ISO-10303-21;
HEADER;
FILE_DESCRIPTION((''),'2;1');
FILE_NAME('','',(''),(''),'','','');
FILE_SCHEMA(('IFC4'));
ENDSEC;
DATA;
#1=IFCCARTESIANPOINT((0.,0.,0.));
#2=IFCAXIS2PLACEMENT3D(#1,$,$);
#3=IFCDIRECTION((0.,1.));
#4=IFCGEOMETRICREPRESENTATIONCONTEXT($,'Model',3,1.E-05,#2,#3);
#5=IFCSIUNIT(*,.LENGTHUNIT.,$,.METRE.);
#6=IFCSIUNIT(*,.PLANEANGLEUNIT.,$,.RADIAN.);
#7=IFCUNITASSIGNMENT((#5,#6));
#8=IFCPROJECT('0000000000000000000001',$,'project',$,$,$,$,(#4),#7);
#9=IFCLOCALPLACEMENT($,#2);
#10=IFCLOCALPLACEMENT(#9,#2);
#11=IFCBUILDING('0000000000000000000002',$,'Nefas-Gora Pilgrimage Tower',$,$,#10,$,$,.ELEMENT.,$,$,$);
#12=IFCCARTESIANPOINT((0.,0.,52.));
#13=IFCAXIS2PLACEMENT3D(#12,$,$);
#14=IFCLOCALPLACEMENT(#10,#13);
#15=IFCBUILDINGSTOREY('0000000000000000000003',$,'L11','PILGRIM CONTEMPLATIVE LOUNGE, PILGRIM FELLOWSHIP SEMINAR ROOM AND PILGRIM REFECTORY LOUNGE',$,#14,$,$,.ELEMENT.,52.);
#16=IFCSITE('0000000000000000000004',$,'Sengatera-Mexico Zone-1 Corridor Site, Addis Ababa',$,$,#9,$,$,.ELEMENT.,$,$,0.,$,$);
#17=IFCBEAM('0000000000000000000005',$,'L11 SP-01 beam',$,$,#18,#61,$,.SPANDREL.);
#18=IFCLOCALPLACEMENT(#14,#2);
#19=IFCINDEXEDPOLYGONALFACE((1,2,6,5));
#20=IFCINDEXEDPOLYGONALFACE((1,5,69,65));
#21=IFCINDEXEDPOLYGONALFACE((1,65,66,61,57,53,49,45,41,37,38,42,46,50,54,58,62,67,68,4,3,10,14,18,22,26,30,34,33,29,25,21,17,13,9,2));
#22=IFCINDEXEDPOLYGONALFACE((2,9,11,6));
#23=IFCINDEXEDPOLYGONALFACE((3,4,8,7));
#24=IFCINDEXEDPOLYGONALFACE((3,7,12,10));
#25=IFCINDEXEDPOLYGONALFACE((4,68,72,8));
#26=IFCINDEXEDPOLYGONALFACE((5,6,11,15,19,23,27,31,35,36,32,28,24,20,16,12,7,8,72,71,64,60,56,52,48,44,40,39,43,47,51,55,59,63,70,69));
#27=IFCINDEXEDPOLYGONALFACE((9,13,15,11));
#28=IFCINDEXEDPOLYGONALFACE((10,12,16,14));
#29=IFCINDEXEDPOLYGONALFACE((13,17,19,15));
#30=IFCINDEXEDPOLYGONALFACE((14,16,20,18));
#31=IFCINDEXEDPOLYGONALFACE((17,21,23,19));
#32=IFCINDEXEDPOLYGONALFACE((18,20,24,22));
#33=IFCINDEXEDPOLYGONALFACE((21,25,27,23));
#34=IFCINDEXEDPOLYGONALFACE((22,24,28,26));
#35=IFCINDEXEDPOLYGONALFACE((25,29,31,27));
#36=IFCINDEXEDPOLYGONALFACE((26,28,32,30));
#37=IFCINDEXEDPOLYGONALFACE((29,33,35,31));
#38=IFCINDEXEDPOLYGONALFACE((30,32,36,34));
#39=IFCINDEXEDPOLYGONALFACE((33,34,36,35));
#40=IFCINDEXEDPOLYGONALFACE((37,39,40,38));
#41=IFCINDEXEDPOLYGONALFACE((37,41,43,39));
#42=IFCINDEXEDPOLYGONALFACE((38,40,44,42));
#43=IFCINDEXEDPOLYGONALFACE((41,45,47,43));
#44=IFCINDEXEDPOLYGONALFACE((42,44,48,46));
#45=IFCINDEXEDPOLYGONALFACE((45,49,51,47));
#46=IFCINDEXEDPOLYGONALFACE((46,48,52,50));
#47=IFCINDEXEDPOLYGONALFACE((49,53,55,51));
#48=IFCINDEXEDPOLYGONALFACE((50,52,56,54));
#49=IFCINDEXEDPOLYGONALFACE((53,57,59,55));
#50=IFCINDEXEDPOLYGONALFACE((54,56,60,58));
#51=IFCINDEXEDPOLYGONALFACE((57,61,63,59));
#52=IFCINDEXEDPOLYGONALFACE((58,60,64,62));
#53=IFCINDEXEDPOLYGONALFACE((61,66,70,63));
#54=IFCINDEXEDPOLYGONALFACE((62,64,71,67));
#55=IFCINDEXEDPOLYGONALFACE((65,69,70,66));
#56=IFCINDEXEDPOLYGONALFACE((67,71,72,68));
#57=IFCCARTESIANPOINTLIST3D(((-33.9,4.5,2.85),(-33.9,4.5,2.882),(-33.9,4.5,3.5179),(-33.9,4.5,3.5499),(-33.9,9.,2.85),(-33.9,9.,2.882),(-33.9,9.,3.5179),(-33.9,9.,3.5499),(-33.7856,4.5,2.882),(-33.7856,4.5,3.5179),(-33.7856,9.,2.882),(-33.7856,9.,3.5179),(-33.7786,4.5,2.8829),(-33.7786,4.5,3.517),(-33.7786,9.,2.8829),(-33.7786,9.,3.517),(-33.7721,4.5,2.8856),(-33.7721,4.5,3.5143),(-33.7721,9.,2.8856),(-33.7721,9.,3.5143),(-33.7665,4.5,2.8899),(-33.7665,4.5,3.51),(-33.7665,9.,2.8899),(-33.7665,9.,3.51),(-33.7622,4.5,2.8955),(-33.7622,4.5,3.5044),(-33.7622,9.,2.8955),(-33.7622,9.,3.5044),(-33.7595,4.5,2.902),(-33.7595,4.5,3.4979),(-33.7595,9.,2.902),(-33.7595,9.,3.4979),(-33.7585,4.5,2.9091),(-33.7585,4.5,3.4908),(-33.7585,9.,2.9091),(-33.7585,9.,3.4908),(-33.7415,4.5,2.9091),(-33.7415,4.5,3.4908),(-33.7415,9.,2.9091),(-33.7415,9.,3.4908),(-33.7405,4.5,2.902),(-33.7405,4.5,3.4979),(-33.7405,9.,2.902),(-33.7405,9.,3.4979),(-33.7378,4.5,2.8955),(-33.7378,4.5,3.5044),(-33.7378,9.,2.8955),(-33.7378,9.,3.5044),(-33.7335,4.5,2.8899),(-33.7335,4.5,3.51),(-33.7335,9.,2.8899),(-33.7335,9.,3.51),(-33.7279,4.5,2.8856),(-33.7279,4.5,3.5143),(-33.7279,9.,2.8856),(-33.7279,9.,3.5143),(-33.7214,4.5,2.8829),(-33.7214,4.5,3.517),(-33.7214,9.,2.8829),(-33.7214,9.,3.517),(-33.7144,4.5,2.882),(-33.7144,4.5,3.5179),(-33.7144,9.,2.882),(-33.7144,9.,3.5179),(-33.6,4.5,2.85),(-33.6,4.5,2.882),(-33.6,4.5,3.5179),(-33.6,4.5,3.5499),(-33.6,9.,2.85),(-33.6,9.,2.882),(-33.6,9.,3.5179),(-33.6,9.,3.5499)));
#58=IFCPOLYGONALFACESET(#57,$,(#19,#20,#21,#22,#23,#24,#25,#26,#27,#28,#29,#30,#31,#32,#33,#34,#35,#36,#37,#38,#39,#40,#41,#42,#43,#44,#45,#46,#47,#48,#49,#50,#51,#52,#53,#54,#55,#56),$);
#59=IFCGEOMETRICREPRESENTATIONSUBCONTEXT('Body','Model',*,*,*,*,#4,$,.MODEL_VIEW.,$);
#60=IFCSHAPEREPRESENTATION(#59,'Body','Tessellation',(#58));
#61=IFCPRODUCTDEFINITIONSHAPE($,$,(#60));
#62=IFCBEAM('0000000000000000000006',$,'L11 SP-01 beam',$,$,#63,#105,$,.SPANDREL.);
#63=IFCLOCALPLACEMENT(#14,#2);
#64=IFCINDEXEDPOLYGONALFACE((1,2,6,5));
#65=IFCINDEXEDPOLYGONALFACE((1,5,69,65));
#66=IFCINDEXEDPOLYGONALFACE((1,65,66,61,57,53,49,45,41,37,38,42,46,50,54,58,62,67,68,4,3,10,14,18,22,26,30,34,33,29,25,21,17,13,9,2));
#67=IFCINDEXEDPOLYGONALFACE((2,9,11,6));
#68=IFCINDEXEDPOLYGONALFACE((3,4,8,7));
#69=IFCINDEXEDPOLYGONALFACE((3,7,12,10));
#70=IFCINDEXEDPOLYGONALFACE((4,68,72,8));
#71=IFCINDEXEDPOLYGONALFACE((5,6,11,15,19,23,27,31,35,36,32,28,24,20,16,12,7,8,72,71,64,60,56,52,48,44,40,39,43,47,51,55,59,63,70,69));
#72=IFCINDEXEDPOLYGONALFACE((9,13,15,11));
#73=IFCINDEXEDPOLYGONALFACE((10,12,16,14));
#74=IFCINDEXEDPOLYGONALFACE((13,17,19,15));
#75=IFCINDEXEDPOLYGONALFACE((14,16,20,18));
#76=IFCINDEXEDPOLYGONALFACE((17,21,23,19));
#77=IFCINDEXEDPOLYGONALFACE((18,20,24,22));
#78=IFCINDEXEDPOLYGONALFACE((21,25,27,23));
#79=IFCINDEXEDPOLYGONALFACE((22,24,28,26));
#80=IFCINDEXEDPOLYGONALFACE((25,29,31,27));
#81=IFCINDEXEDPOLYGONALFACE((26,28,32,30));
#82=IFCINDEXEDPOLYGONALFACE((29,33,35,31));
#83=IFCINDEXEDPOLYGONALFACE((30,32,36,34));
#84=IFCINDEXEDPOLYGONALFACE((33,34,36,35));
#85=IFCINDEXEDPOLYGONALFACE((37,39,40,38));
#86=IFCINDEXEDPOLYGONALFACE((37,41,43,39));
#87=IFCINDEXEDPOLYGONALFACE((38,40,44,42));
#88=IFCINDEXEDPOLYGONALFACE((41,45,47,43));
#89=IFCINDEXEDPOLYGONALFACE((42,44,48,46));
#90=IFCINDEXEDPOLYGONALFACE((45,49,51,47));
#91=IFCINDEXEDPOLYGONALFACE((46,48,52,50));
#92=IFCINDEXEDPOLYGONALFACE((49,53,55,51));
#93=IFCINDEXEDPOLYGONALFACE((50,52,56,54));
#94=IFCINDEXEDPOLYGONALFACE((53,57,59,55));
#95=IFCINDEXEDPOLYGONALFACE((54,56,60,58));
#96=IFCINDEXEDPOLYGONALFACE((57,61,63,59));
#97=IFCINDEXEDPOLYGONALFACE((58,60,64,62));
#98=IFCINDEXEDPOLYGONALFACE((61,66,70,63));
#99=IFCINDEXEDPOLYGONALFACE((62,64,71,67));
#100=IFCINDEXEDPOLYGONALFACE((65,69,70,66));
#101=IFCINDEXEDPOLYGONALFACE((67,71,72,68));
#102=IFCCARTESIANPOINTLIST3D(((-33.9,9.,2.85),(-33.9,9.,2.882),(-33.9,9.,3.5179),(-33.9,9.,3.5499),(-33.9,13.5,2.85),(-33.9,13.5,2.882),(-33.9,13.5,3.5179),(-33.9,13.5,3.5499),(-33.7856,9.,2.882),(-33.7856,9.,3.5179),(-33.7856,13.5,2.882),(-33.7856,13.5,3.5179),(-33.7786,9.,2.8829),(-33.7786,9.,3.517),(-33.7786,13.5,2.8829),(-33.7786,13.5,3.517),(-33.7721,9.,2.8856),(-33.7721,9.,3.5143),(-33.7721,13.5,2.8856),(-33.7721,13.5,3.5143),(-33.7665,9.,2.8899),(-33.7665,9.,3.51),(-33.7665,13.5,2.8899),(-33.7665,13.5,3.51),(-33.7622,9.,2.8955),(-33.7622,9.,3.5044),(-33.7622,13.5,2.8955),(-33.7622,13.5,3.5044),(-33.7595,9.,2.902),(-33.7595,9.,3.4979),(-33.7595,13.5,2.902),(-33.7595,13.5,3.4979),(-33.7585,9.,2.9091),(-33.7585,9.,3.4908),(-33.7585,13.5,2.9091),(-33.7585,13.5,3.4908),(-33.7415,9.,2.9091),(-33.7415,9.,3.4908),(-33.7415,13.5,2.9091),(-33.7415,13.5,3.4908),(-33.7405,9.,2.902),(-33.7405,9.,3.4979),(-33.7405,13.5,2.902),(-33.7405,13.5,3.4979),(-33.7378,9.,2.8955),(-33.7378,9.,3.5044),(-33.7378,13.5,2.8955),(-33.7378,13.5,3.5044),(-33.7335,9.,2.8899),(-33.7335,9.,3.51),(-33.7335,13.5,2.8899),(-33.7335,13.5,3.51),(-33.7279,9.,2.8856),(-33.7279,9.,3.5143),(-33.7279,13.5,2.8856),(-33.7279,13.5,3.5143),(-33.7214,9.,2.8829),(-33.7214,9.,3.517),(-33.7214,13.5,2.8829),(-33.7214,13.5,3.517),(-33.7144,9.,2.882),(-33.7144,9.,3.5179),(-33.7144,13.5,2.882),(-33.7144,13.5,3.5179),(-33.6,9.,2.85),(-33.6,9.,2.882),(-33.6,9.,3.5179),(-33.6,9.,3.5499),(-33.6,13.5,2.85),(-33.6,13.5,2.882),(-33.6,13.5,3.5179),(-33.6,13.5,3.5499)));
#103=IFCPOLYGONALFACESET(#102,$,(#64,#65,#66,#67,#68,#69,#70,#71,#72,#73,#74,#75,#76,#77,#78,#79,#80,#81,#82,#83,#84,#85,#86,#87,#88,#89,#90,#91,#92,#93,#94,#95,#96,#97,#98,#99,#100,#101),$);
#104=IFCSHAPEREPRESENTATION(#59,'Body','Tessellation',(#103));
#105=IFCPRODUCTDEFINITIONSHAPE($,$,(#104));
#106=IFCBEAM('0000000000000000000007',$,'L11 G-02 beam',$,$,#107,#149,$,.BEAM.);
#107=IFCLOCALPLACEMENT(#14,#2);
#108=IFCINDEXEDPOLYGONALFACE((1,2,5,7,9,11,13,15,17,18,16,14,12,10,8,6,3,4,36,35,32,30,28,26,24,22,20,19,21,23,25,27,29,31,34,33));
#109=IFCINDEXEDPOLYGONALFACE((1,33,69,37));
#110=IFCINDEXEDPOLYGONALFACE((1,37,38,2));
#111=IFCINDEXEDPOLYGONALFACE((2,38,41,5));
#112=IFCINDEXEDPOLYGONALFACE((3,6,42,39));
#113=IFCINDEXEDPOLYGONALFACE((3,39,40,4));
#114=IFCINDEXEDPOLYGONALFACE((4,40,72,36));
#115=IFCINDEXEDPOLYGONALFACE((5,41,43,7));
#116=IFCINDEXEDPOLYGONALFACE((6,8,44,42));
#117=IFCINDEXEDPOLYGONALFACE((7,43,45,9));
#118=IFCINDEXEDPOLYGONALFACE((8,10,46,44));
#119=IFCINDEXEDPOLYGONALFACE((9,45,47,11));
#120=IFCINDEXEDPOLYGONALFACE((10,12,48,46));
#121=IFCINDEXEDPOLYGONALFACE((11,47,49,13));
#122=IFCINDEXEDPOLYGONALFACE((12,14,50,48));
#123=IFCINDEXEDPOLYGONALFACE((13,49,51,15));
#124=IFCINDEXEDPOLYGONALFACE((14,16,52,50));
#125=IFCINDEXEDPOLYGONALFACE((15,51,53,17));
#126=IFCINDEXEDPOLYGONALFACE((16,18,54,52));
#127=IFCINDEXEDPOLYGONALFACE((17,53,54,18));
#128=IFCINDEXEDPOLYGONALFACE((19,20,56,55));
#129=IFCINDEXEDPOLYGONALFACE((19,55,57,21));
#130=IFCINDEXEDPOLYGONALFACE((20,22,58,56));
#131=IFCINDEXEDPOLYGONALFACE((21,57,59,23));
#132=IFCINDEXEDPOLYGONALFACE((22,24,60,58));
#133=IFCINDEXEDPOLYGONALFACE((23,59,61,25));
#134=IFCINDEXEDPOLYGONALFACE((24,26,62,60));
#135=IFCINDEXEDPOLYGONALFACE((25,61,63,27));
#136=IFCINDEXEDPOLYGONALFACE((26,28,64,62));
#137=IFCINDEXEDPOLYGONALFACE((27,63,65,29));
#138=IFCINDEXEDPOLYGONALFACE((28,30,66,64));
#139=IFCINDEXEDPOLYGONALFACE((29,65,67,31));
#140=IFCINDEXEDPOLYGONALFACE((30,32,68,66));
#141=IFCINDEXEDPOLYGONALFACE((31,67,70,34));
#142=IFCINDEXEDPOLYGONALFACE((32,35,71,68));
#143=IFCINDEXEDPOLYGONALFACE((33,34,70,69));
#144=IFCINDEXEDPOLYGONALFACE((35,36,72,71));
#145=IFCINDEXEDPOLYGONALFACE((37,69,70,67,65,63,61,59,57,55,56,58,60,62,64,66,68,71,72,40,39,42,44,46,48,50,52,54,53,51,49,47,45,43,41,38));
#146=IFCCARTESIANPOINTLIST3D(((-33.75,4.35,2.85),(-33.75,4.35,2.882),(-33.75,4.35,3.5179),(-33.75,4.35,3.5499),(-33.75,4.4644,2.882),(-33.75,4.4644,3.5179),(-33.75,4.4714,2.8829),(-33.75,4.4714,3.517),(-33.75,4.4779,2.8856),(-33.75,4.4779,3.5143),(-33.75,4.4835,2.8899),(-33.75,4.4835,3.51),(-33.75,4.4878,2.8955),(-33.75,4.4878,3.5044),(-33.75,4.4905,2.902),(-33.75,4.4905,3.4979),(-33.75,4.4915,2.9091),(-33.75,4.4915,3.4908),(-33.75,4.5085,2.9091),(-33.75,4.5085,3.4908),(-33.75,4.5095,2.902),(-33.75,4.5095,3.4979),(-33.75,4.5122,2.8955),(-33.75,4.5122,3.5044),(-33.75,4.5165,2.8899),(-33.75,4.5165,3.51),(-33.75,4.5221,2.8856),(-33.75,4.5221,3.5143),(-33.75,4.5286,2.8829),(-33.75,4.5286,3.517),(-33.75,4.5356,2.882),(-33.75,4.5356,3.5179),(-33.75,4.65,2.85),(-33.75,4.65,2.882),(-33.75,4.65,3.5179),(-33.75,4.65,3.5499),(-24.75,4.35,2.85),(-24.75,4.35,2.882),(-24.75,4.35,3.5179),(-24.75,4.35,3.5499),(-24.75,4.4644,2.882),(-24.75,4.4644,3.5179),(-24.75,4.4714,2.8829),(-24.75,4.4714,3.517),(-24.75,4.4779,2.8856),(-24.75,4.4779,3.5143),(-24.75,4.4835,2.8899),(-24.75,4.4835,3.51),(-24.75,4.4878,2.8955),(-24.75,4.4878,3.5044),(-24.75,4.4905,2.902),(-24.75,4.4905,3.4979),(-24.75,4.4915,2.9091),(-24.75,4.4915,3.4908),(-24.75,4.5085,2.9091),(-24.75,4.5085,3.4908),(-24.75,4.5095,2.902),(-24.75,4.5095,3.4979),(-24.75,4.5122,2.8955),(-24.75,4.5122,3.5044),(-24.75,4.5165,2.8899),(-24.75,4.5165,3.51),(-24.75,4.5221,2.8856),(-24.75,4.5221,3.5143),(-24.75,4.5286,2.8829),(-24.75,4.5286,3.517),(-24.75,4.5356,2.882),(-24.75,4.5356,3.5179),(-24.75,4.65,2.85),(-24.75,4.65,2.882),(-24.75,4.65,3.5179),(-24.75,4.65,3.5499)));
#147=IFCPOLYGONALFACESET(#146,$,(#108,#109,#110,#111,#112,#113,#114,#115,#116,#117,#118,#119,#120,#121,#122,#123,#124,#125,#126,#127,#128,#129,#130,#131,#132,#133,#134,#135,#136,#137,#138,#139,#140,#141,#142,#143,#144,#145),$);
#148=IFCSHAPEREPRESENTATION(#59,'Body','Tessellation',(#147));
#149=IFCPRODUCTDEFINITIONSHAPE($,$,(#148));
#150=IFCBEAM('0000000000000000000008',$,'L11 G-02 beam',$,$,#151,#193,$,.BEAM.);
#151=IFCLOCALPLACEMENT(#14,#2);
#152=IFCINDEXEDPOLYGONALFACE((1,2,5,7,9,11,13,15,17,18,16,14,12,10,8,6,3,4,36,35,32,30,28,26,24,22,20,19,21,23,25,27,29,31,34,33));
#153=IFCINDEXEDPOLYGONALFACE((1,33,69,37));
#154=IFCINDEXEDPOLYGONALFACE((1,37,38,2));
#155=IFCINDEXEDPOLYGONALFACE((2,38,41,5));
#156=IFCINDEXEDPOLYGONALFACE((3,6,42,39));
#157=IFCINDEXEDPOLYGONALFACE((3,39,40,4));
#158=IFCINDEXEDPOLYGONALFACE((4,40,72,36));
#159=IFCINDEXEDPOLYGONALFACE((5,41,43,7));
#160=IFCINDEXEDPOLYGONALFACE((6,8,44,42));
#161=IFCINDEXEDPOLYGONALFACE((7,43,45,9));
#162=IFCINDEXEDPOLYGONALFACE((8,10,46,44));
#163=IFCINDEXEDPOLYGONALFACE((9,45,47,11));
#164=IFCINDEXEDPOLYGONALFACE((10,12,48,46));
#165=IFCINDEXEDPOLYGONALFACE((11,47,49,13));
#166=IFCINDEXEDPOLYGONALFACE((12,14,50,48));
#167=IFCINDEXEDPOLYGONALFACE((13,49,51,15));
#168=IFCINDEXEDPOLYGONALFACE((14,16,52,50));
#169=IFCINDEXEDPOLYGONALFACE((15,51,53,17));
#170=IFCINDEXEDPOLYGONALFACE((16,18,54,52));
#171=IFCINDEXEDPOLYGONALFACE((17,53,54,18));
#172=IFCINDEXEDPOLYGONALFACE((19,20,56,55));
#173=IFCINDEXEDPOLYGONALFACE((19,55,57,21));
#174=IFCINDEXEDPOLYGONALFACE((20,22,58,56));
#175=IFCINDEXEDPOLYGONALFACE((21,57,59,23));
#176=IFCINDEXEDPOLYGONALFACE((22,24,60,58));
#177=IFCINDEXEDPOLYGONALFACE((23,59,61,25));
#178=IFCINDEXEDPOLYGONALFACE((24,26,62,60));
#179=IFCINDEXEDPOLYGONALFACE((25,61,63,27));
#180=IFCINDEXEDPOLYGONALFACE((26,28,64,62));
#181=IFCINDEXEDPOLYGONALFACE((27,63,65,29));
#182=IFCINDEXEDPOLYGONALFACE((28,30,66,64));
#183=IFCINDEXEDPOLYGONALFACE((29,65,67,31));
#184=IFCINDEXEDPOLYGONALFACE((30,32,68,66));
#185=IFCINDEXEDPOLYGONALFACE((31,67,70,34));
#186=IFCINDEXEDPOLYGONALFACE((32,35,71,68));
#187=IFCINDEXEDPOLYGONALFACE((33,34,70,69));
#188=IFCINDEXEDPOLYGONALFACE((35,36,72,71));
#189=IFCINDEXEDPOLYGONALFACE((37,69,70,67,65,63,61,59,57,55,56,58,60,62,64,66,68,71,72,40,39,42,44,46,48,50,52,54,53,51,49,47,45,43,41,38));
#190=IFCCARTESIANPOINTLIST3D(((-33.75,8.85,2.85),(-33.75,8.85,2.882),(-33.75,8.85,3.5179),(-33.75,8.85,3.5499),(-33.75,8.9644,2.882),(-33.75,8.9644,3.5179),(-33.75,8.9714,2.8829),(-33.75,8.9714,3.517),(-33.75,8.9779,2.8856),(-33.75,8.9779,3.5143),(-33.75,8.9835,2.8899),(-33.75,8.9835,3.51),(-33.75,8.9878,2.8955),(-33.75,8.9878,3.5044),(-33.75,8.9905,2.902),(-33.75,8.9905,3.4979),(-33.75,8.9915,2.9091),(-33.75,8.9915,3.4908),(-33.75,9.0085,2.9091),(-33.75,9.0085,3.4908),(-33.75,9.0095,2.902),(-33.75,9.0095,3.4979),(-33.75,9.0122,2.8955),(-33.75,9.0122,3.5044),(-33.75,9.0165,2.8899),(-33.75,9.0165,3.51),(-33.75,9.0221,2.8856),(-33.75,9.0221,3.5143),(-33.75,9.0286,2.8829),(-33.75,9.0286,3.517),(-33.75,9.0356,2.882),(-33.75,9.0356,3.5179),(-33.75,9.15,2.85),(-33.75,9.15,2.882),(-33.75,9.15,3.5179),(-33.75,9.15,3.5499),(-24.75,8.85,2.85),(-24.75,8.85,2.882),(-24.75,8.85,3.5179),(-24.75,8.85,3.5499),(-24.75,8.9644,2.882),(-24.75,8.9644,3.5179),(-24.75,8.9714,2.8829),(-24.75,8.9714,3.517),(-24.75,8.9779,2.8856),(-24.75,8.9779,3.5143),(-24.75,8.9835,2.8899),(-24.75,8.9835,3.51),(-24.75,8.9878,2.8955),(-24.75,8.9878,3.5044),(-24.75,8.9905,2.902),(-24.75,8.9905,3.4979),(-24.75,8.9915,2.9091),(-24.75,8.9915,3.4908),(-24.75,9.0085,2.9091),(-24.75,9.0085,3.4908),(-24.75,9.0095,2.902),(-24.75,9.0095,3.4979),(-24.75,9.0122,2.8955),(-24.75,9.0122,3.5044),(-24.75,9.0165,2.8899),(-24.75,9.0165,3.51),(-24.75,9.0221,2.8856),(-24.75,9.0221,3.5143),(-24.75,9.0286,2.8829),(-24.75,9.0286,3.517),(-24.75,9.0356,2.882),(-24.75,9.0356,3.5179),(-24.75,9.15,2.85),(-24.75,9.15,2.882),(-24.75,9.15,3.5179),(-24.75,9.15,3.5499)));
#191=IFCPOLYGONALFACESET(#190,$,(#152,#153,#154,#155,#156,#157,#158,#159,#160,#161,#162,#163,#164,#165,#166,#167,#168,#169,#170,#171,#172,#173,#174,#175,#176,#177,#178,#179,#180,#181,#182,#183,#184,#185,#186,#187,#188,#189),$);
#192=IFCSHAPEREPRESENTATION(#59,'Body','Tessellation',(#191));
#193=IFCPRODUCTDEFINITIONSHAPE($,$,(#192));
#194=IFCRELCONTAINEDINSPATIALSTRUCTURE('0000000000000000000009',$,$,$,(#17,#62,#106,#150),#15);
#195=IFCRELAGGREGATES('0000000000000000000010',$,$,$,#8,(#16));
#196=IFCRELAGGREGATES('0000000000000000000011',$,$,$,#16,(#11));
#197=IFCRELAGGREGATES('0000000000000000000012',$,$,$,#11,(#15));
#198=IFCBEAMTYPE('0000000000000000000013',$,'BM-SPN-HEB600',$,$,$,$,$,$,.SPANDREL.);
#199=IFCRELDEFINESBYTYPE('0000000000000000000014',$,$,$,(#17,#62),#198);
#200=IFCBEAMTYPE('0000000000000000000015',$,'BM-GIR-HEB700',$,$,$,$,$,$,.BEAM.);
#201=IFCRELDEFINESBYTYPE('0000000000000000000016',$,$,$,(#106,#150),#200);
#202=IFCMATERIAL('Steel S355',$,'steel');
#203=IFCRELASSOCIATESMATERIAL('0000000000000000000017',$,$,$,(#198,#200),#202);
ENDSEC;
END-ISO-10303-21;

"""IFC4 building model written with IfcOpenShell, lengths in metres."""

from ifc_helpers import new_model, si_unit, direction, frame, origin, origin_2d, place, context, subcontext, project, spatial, i_section, extrude, source, transform, mapped, material, material_profile, profile_set, type_object, element, save


model = new_model("IFC4")

# Units and contexts
model_context = context("Model", 3, precision=1e-05, world=origin(), true_north=direction((0.0, 1.0)))
body_context = subcontext(model_context, "Body", "Model", "MODEL_VIEW")
ifc_project = project(units=[si_unit("LENGTHUNIT", "METRE"), si_unit("PLANEANGLEUNIT", "RADIAN")], contexts=[model_context])

# Site, building, storey
site_placement = place(None, origin())
site = spatial("IfcSite", under=ifc_project, at=site_placement, Name="Sengatera-Mexico Zone-1 Corridor Site, Addis Ababa", CompositionType="ELEMENT", RefElevation=0.0)
building_placement = place(site_placement, origin())
building = spatial("IfcBuilding", under=site, at=building_placement, Name="Nefas-Gora Pilgrimage Tower", CompositionType="ELEMENT")
storey_placement = place(building_placement, frame((0.0, 0.0, 52.0)))
storey = spatial("IfcBuildingStorey", under=building, at=storey_placement, Name="L11", Description="PILGRIM CONTEMPLATIVE LOUNGE, PILGRIM FELLOWSHIP SEMINAR ROOM AND PILGRIM REFECTORY LOUNGE", CompositionType="ELEMENT", Elevation=52.0)

# Beams
ifc_material_1 = material(Name="Steel S355", Category="steel")
ifc_material_profile_1 = material_profile(ifc_material_1, i_section(OverallWidth=0.3, OverallDepth=0.7, WebThickness=0.0171, FlangeThickness=0.032, FilletRadius=0.0271, at=origin_2d()), Name="HEB 700")
ifc_profile_set_1 = profile_set([ifc_material_profile_1], Name="Steel S355")
beam_type_1 = type_object("IfcBeamType", Name="BM-SPN-HEB600", PredefinedType="SPANDREL", material=ifc_profile_set_1)
shared_shape_1 = source(origin(), body_context, "Body", "SweptSolid", [
    extrude(i_section(OverallWidth=0.3, OverallDepth=0.7, WebThickness=0.0171, FlangeThickness=0.032, FilletRadius=0.0271, at=origin_2d()), origin(), (0.0, 0.0, 1.0), 4.5),
])
for number, where, z_axis, x_axis, name in (
    (1, (-33.75, 4.5, 3.2), (0.0, 1.0, 0.0), (-1.0, 0.0, 0.0), "L11 SP-01 beam"),
    (2, (-33.75, 9.0, 3.2), (0.0, 1.0, 0.0), (-1.0, 0.0, 0.0), "L11 SP-01 beam"),
):
    element("IfcBeam", number, at=place(storey_placement, frame(where, z_axis=z_axis, x_axis=x_axis)), inside=storey, type_object=beam_type_1, Name=name, PredefinedType="SPANDREL", context=body_context, shape_type="MappedRepresentation", body=[
        mapped(shared_shape_1, transform((0.0, 0.0, 0.0), x_axis=(1.0, 0.0, 0.0), y_axis=(0.0, 1.0, 0.0), z_axis=(0.0, 0.0, 1.0), scale=1.0)),
    ])
ifc_material_profile_2 = material_profile(ifc_material_1, i_section(OverallWidth=0.3, OverallDepth=0.7, WebThickness=0.0171, FlangeThickness=0.032, FilletRadius=0.0271, at=origin_2d()), Name="HEB 700")
ifc_profile_set_2 = profile_set([ifc_material_profile_2], Name="Steel S355")
beam_type_2 = type_object("IfcBeamType", Name="BM-GIR-HEB700", PredefinedType="BEAM", material=ifc_profile_set_2)
shared_shape_2 = source(origin(), body_context, "Body", "SweptSolid", [
    extrude(i_section(OverallWidth=0.3, OverallDepth=0.7, WebThickness=0.0171, FlangeThickness=0.032, FilletRadius=0.0271, at=origin_2d()), origin(), (0.0, 0.0, 1.0), 9.0),
])
for number, where, z_axis, x_axis, name in (
    (3, (-33.75, 4.5, 3.2), (1.0, 0.0, 0.0), (0.0, 1.0, 0.0), "L11 G-02 beam"),
    (4, (-33.75, 9.0, 3.2), (1.0, 0.0, 0.0), (0.0, 1.0, 0.0), "L11 G-02 beam"),
):
    element("IfcBeam", number, at=place(storey_placement, frame(where, z_axis=z_axis, x_axis=x_axis)), inside=storey, type_object=beam_type_2, Name=name, PredefinedType="BEAM", context=body_context, shape_type="MappedRepresentation", body=[
        mapped(shared_shape_2, transform((0.0, 0.0, 0.0), x_axis=(1.0, 0.0, 0.0), y_axis=(0.0, 1.0, 0.0), z_axis=(0.0, 0.0, 1.0), scale=1.0)),
    ])

save(model, "model.ifc")
